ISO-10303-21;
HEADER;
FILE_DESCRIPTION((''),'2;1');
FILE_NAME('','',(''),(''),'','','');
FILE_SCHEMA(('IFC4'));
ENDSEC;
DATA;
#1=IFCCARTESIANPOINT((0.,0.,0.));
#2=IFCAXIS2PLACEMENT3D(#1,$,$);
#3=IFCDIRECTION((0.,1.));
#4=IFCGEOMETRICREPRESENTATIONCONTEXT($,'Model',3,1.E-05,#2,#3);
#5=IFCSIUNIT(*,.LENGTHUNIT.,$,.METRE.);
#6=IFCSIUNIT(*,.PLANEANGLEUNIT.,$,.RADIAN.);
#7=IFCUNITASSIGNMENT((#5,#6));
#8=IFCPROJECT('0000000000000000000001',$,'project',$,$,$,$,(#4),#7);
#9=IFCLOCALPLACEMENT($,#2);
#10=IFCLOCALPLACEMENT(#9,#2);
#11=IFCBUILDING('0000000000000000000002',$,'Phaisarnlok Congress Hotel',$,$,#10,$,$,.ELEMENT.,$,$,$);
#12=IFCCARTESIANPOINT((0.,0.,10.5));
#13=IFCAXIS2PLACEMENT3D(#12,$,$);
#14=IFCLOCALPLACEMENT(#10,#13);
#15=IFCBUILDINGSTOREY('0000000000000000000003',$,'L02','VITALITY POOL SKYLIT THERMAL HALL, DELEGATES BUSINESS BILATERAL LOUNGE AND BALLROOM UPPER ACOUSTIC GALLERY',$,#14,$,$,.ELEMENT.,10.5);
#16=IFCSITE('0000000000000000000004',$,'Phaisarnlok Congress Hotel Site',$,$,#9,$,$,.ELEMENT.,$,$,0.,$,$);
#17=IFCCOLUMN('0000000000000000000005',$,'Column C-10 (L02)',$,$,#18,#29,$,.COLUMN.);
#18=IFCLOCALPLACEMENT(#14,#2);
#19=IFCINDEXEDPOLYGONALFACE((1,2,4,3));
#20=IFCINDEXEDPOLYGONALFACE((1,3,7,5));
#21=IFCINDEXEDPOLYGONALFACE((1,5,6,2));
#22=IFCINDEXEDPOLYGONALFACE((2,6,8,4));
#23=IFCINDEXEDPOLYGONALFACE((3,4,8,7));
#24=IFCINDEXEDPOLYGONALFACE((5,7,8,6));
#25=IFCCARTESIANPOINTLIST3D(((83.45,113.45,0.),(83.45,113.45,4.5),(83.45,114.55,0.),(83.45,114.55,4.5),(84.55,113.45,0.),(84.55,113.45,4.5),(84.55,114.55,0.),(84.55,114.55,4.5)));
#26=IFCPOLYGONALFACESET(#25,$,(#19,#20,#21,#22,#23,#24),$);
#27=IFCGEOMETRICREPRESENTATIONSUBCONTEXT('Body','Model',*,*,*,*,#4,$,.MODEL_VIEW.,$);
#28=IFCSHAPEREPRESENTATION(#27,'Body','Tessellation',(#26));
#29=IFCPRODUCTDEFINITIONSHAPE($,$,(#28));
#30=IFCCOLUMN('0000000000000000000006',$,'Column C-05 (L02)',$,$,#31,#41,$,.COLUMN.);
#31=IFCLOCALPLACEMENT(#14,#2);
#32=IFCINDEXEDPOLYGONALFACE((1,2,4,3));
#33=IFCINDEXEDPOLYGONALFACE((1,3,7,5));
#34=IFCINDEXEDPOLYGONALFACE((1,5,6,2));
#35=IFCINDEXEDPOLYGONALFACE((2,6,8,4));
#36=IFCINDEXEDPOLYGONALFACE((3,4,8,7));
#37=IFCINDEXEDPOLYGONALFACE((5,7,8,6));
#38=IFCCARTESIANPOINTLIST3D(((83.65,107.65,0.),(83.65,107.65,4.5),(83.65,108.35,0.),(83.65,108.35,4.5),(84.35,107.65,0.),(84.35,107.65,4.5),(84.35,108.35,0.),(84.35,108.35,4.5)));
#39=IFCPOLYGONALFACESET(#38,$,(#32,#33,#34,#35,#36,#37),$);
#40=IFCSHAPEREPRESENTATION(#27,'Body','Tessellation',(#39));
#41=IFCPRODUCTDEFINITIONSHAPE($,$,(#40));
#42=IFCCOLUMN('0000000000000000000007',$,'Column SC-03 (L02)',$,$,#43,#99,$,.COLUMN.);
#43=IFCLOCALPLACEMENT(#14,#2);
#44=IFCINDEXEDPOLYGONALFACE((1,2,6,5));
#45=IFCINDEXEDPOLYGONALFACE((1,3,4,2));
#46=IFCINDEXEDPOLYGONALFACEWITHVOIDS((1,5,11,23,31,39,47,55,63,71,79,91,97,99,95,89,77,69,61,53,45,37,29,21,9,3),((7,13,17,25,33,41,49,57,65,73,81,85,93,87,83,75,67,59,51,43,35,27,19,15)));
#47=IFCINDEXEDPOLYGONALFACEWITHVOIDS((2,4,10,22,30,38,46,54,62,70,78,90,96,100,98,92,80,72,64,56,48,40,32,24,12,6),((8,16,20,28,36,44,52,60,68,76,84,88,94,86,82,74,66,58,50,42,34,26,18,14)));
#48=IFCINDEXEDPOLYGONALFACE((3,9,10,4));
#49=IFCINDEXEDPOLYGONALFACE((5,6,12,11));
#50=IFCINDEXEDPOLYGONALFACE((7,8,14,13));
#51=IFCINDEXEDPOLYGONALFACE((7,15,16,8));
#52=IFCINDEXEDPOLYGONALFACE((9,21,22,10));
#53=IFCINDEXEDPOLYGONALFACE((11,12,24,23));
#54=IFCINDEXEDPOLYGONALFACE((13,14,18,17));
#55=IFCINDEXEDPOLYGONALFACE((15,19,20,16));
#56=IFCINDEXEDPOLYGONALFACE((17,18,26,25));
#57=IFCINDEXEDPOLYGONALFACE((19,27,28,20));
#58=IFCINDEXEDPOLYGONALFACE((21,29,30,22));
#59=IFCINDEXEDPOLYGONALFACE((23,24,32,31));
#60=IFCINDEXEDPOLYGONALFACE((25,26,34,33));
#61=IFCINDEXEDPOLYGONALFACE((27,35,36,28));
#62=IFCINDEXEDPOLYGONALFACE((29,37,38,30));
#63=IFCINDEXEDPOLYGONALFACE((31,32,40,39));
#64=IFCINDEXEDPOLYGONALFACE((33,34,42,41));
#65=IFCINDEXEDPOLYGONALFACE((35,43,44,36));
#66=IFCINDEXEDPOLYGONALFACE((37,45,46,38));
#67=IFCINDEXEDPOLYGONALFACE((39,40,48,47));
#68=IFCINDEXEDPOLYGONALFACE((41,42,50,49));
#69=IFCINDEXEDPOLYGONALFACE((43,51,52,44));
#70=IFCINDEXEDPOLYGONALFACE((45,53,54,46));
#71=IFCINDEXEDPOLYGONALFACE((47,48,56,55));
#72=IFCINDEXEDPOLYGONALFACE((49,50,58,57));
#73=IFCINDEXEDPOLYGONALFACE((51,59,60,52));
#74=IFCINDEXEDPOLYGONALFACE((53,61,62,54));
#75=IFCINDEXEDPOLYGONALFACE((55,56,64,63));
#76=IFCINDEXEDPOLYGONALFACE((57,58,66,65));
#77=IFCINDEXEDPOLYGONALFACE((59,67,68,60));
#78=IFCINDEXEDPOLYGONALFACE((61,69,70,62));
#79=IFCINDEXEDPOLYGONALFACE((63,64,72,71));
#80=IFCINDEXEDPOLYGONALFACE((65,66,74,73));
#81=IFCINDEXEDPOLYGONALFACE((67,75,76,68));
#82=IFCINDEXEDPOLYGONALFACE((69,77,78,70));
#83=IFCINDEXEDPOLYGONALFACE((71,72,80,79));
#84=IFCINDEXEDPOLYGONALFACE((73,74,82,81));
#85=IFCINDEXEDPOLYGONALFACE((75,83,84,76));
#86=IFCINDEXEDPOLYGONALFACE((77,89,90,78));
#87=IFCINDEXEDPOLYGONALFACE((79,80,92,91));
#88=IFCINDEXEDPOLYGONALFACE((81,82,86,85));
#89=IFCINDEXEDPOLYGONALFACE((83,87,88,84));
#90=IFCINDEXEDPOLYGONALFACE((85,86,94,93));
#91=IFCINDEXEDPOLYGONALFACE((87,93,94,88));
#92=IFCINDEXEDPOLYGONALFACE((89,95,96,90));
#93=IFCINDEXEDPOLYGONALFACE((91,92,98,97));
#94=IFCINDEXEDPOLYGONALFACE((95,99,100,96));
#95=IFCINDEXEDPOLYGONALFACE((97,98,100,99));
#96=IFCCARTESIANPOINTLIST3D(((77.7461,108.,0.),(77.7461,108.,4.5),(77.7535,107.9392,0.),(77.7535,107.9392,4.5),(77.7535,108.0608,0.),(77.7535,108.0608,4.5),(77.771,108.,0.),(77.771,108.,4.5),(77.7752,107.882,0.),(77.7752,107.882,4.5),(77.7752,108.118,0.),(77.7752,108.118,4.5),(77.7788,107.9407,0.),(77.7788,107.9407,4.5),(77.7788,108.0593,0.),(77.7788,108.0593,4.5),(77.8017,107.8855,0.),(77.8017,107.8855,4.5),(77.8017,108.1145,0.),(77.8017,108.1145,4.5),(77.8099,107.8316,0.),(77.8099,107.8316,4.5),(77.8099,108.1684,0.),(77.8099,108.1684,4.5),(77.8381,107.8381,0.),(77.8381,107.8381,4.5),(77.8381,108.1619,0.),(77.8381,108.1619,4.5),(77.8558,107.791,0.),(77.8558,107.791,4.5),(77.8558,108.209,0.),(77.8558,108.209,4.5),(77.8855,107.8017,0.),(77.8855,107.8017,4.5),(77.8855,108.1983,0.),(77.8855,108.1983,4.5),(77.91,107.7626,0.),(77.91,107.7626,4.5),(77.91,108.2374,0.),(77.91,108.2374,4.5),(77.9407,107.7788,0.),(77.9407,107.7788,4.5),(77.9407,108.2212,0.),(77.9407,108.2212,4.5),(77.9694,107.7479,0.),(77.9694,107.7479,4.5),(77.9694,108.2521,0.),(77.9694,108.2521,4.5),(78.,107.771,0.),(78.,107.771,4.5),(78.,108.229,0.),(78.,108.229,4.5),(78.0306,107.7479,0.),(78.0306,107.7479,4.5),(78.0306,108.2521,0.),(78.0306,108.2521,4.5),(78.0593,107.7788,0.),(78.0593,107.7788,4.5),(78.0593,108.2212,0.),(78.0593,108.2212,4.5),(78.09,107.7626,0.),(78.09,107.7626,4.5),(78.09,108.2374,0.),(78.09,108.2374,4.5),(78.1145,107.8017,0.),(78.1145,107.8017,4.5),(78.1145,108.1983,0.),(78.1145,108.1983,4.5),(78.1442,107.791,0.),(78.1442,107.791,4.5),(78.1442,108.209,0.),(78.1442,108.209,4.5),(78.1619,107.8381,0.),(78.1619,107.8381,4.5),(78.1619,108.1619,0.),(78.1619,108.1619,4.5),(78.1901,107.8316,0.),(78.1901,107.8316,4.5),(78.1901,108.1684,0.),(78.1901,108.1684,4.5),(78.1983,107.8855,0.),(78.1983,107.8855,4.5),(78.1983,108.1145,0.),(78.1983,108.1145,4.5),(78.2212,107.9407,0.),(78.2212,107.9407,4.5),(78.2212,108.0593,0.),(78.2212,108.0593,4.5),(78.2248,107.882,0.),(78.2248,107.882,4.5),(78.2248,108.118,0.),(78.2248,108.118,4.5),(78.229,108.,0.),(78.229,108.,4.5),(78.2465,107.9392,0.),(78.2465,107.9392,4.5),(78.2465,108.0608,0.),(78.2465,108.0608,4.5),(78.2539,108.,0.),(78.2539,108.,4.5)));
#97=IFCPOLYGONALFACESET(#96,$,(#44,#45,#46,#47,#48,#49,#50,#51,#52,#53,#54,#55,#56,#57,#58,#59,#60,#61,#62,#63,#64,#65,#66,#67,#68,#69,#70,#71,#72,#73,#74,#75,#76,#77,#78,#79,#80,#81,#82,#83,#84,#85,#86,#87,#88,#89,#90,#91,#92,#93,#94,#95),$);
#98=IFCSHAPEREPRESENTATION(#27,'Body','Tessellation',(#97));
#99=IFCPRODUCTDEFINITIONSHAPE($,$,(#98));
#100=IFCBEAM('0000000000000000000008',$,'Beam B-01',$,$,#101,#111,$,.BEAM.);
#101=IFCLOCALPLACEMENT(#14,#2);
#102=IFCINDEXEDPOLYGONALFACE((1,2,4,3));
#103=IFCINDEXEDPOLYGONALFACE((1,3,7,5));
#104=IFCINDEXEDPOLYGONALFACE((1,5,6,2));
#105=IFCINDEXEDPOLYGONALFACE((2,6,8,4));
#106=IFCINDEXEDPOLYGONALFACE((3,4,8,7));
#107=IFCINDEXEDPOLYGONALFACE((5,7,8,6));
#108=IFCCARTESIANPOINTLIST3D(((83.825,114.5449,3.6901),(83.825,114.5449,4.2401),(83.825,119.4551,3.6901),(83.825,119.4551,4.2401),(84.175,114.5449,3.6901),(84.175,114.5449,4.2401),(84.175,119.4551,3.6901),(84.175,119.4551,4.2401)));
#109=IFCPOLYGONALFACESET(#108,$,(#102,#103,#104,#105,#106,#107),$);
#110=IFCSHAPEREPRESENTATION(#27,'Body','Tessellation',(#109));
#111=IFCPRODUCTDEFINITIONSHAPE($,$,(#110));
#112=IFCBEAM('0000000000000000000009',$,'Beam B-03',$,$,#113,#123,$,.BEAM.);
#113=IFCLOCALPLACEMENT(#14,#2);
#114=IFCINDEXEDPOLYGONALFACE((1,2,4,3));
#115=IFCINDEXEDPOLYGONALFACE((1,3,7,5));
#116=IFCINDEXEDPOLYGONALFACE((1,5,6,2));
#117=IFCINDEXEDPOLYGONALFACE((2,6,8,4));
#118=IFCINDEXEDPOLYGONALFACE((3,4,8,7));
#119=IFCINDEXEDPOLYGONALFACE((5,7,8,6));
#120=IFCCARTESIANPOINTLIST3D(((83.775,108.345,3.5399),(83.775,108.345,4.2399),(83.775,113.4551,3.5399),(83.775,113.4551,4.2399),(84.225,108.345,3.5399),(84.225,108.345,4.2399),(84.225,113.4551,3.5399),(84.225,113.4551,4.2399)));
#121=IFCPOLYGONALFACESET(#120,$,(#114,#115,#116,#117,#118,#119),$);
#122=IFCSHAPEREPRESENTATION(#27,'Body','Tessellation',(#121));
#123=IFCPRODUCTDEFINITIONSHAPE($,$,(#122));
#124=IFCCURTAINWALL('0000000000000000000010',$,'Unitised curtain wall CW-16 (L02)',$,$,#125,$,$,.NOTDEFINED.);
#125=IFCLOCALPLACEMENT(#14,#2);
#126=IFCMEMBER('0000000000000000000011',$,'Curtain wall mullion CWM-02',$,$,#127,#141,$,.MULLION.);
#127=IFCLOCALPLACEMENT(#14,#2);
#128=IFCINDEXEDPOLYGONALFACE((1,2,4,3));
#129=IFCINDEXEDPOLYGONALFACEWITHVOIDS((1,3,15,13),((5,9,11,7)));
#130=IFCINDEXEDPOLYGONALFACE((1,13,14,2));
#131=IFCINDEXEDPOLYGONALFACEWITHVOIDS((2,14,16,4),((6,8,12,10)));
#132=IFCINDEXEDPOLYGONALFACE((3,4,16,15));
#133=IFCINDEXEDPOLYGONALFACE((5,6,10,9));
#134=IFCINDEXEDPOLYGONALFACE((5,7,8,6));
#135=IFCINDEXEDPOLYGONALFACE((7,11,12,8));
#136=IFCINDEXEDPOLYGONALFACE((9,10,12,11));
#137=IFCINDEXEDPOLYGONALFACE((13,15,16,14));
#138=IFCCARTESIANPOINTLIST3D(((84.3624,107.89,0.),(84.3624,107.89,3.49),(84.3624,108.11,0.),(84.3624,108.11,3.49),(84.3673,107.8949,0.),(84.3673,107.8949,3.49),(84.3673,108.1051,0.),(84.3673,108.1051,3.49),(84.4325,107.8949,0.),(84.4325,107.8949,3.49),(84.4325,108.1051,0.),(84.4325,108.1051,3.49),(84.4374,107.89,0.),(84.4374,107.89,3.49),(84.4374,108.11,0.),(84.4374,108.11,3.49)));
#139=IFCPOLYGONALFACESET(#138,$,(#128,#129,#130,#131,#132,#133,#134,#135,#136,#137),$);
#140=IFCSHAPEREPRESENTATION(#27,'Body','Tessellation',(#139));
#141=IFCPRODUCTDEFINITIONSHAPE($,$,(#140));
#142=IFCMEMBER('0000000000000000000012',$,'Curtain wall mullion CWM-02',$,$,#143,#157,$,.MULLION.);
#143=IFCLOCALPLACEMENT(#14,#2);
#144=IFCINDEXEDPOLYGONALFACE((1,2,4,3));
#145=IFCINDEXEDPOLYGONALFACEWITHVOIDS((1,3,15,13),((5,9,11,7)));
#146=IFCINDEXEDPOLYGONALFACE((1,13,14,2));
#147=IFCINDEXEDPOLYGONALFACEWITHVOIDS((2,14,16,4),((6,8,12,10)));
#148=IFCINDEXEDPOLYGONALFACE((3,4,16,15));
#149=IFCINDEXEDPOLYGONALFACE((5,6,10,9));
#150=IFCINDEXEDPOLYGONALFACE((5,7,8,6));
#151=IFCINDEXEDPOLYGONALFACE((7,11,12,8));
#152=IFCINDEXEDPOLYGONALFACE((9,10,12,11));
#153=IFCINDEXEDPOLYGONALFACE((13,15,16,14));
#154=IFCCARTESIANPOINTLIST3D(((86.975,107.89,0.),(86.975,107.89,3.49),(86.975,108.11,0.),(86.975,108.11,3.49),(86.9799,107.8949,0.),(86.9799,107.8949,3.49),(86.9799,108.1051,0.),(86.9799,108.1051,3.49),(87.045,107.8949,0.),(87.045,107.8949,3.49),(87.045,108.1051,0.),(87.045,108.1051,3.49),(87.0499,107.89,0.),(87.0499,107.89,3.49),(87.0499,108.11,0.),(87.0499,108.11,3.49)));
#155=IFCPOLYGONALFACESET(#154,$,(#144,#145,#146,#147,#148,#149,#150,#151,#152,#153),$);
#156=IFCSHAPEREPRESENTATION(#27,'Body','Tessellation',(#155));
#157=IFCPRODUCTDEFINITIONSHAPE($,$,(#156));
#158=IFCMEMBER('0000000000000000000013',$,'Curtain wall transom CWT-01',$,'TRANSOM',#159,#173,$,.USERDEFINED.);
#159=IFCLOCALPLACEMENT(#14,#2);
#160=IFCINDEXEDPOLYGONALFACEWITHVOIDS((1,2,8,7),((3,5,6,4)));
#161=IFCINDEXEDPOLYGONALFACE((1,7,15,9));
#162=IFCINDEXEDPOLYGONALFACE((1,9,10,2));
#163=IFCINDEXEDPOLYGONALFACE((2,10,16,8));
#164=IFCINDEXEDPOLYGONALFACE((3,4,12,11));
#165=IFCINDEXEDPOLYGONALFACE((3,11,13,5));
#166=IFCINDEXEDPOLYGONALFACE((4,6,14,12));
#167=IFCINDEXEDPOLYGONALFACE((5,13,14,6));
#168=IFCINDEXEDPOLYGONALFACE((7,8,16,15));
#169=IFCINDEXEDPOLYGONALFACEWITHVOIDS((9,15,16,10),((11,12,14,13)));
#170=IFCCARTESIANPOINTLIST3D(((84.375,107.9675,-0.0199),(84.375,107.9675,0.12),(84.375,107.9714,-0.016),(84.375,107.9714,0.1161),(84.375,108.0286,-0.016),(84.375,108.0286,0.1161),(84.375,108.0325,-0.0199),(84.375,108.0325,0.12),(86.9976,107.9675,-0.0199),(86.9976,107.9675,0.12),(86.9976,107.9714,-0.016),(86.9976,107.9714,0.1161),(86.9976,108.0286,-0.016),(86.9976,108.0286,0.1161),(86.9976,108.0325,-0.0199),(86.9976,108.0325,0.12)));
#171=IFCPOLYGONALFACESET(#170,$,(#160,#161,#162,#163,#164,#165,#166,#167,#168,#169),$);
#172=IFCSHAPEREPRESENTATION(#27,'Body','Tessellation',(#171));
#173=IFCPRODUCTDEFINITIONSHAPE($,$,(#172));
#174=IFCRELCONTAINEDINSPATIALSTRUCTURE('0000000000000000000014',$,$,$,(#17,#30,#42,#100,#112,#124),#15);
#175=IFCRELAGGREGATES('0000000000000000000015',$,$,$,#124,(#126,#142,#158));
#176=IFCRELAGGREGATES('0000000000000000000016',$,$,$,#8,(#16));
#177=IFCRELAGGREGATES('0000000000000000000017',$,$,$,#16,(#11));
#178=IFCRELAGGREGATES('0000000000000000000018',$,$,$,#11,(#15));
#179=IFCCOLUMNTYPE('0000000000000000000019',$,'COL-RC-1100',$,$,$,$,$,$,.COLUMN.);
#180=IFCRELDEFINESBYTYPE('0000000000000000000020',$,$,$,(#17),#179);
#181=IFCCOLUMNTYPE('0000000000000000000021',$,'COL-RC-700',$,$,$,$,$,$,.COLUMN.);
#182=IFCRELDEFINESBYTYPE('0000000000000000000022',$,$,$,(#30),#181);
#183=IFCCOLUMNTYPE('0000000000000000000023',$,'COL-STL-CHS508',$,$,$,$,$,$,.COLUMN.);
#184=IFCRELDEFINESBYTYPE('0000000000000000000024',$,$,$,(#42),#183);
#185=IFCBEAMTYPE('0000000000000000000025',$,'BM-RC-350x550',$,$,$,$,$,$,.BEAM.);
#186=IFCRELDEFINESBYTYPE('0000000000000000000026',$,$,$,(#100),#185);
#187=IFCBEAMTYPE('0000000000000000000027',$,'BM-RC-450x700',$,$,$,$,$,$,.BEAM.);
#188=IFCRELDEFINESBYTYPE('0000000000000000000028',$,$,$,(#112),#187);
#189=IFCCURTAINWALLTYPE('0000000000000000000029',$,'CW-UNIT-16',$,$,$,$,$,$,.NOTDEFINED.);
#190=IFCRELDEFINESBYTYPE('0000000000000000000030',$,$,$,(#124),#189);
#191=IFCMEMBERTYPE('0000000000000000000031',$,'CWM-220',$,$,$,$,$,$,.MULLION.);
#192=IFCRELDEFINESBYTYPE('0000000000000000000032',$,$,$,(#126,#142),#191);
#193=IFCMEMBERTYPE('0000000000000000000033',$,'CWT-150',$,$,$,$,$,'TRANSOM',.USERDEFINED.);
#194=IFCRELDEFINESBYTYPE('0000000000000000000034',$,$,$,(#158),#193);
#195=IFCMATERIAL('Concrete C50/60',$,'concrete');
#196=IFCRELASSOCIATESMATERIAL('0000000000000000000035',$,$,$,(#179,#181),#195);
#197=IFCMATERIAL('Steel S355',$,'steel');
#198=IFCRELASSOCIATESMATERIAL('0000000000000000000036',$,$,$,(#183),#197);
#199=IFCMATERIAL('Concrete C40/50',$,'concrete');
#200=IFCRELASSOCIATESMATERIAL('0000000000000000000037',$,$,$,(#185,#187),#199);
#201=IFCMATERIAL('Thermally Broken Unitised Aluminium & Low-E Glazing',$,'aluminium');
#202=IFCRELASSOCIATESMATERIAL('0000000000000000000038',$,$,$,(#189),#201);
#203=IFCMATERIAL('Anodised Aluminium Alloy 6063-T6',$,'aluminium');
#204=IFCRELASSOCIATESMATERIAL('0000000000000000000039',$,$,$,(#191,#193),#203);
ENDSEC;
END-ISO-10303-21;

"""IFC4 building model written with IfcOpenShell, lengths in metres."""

from ifc_helpers import new_model, si_unit, direction, frame, origin, origin_2d, place, context, subcontext, project, spatial, rectangle, hollow_rectangle, hollow_circle, extrude, material, material_profile, profile_set, type_object, element, aggregate, save


model = new_model("IFC4")

# Units and contexts
model_context = context("Model", 3, precision=1e-05, world=origin(), true_north=direction((0.0, 1.0)))
body_context = subcontext(model_context, "Body", "Model", "MODEL_VIEW")
ifc_project = project(units=[si_unit("LENGTHUNIT", "METRE"), si_unit("PLANEANGLEUNIT", "RADIAN")], contexts=[model_context])

# Site, building, storey
site_placement = place(None, origin())
site = spatial("IfcSite", under=ifc_project, at=site_placement, Name="Phaisarnlok Congress Hotel Site", CompositionType="ELEMENT", RefElevation=0.0)
building_placement = place(site_placement, origin())
building = spatial("IfcBuilding", under=site, at=building_placement, Name="Phaisarnlok Congress Hotel", CompositionType="ELEMENT")
storey_placement = place(building_placement, frame((0.0, 0.0, 10.5)))
storey = spatial("IfcBuildingStorey", under=building, at=storey_placement, Name="L02", Description="VITALITY POOL SKYLIT THERMAL HALL, DELEGATES BUSINESS BILATERAL LOUNGE AND BALLROOM UPPER ACOUSTIC GALLERY", CompositionType="ELEMENT", Elevation=10.5)

# Columns
ifc_material_1 = material(Name="Concrete C50/60", Category="concrete")
ifc_material_profile_1 = material_profile(ifc_material_1, rectangle(XDim=1.1001, YDim=1.1001, at=origin_2d()), Name="RC 1100x1100")
ifc_profile_set_1 = profile_set([ifc_material_profile_1], Name="Concrete C50/60")
column_type_1 = type_object("IfcColumnType", Name="COL-RC-1100", PredefinedType="COLUMN", material=ifc_profile_set_1)
column_1_placement = place(storey_placement, frame((84.0, 114.0, 0.0), z_axis=(0.0, 0.0, 1.0), x_axis=(1.0, 0.0, 0.0)))
element("IfcColumn", 1, at=column_1_placement, inside=storey, type_object=column_type_1, Name="Column C-10 (L02)", PredefinedType="COLUMN", context=body_context, shape_type="SweptSolid", body=[
    extrude(rectangle(XDim=1.1001, YDim=1.1001, at=origin_2d()), origin(), (0.0, 0.0, 1.0), 4.5),
])
ifc_material_profile_2 = material_profile(ifc_material_1, rectangle(XDim=0.7, YDim=0.7, at=origin_2d()), Name="RC 700x700")
ifc_profile_set_2 = profile_set([ifc_material_profile_2], Name="Concrete C50/60")
column_type_2 = type_object("IfcColumnType", Name="COL-RC-700", PredefinedType="COLUMN", material=ifc_profile_set_2)
column_2_placement = place(storey_placement, frame((84.0, 108.0, 0.0), z_axis=(0.0, 0.0, 1.0), x_axis=(1.0, 0.0, 0.0)))
element("IfcColumn", 2, at=column_2_placement, inside=storey, type_object=column_type_2, Name="Column C-05 (L02)", PredefinedType="COLUMN", context=body_context, shape_type="SweptSolid", body=[
    extrude(rectangle(XDim=0.7, YDim=0.7, at=origin_2d()), origin(), (0.0, 0.0, 1.0), 4.5),
])
ifc_material_2 = material(Name="Steel S355", Category="steel")
ifc_material_profile_3 = material_profile(ifc_material_2, hollow_circle(Radius=0.2539, WallThickness=0.0249, at=origin_2d()), Name="CHS 508x25")
ifc_profile_set_3 = profile_set([ifc_material_profile_3], Name="Steel S355")
column_type_3 = type_object("IfcColumnType", Name="COL-STL-CHS508", PredefinedType="COLUMN", material=ifc_profile_set_3)
column_3_placement = place(storey_placement, frame((78.0, 108.0, 0.0), z_axis=(0.0, 0.0, 1.0), x_axis=(1.0, 0.0, 0.0)))
element("IfcColumn", 3, at=column_3_placement, inside=storey, type_object=column_type_3, Name="Column SC-03 (L02)", PredefinedType="COLUMN", context=body_context, shape_type="SweptSolid", body=[
    extrude(hollow_circle(Radius=0.2539, WallThickness=0.0249, at=origin_2d()), origin(), (0.0, 0.0, 1.0), 4.5),
])

# Beams
ifc_material_3 = material(Name="Concrete C40/50", Category="concrete")
ifc_material_profile_4 = material_profile(ifc_material_3, rectangle(XDim=0.3501, YDim=0.55, at=origin_2d()), Name="RC 350x550")
ifc_profile_set_4 = profile_set([ifc_material_profile_4], Name="Concrete C40/50")
beam_type_1 = type_object("IfcBeamType", Name="BM-RC-350x550", PredefinedType="BEAM", material=ifc_profile_set_4)
beam_1_placement = place(storey_placement, frame((84.0, 114.5449, 3.9651), z_axis=(0.0, 1.0, 0.0), x_axis=(-1.0, 0.0, 0.0)))
element("IfcBeam", 4, at=beam_1_placement, inside=storey, type_object=beam_type_1, Name="Beam B-01", PredefinedType="BEAM", context=body_context, shape_type="SweptSolid", body=[
    extrude(rectangle(XDim=0.3501, YDim=0.55, at=origin_2d()), origin(), (0.0, 0.0, 1.0), 4.9102),
])
ifc_material_profile_5 = material_profile(ifc_material_3, rectangle(XDim=0.45, YDim=0.7, at=origin_2d()), Name="RC 450x700")
ifc_profile_set_5 = profile_set([ifc_material_profile_5], Name="Concrete C40/50")
beam_type_2 = type_object("IfcBeamType", Name="BM-RC-450x700", PredefinedType="BEAM", material=ifc_profile_set_5)
beam_2_placement = place(storey_placement, frame((84.0, 108.345, 3.8899), z_axis=(0.0, 1.0, 0.0), x_axis=(-1.0, 0.0, 0.0)))
element("IfcBeam", 5, at=beam_2_placement, inside=storey, type_object=beam_type_2, Name="Beam B-03", PredefinedType="BEAM", context=body_context, shape_type="SweptSolid", body=[
    extrude(rectangle(XDim=0.45, YDim=0.7, at=origin_2d()), origin(), (0.0, 0.0, 1.0), 5.1101),
])

# Curtain wall, members
ifc_material_4 = material(Name="Thermally Broken Unitised Aluminium & Low-E Glazing", Category="aluminium")
curtain_wall_type = type_object("IfcCurtainWallType", Name="CW-UNIT-16", PredefinedType="NOTDEFINED", material=ifc_material_4)
curtain_wall_placement = place(storey_placement, origin())
curtain_wall = element("IfcCurtainWall", 6, at=curtain_wall_placement, inside=storey, type_object=curtain_wall_type, Name="Unitised curtain wall CW-16 (L02)", PredefinedType="NOTDEFINED")
ifc_material_5 = material(Name="Anodised Aluminium Alloy 6063-T6", Category="aluminium")
ifc_material_profile_6 = material_profile(ifc_material_5, hollow_rectangle(XDim=0.075, YDim=0.22, WallThickness=0.0049, at=origin_2d()), Name="ALU-M 75x220x5")
ifc_profile_set_6 = profile_set([ifc_material_profile_6], Name="Anodised Aluminium Alloy 6063-T6")
member_type_1 = type_object("IfcMemberType", Name="CWM-220", PredefinedType="MULLION", material=ifc_profile_set_6)
member_1_placement = place(storey_placement, frame((84.3999, 108.0, 0.0), z_axis=(0.0, 0.0, 1.0), x_axis=(1.0, 0.0, 0.0)))
member_1 = element("IfcMember", 7, at=member_1_placement, type_object=member_type_1, Name="Curtain wall mullion CWM-02", PredefinedType="MULLION", context=body_context, shape_type="SweptSolid", body=[
    extrude(hollow_rectangle(XDim=0.075, YDim=0.22, WallThickness=0.0049, at=origin_2d()), origin(), (0.0, 0.0, 1.0), 3.49),
])
member_2_placement = place(storey_placement, frame((87.0125, 108.0, 0.0), z_axis=(0.0, 0.0, 1.0), x_axis=(1.0, 0.0, 0.0)))
member_2 = element("IfcMember", 8, at=member_2_placement, type_object=member_type_1, Name="Curtain wall mullion CWM-02", PredefinedType="MULLION", context=body_context, shape_type="SweptSolid", body=[
    extrude(hollow_rectangle(XDim=0.075, YDim=0.22, WallThickness=0.0049, at=origin_2d()), origin(), (0.0, 0.0, 1.0), 3.49),
])
ifc_material_profile_7 = material_profile(ifc_material_5, hollow_rectangle(XDim=0.0649, YDim=0.1399, WallThickness=0.0039, at=origin_2d()), Name="ALU-T 65x140x4")
ifc_profile_set_7 = profile_set([ifc_material_profile_7], Name="Anodised Aluminium Alloy 6063-T6")
member_type_2 = type_object("IfcMemberType", Name="CWT-150", ElementType="TRANSOM", PredefinedType="USERDEFINED", material=ifc_profile_set_7)
member_3_placement = place(storey_placement, frame((84.375, 108.0, 0.05), z_axis=(1.0, 0.0, 0.0), x_axis=(0.0, 1.0, 0.0)))
member_3 = element("IfcMember", 9, at=member_3_placement, type_object=member_type_2, Name="Curtain wall transom CWT-01", ObjectType="TRANSOM", PredefinedType="USERDEFINED", context=body_context, shape_type="SweptSolid", body=[
    extrude(hollow_rectangle(XDim=0.0649, YDim=0.1399, WallThickness=0.0039, at=origin_2d()), origin(), (0.0, 0.0, 1.0), 2.6226),
])

aggregate(curtain_wall, [member_1, member_2, member_3])

save(model, "model.ifc")
